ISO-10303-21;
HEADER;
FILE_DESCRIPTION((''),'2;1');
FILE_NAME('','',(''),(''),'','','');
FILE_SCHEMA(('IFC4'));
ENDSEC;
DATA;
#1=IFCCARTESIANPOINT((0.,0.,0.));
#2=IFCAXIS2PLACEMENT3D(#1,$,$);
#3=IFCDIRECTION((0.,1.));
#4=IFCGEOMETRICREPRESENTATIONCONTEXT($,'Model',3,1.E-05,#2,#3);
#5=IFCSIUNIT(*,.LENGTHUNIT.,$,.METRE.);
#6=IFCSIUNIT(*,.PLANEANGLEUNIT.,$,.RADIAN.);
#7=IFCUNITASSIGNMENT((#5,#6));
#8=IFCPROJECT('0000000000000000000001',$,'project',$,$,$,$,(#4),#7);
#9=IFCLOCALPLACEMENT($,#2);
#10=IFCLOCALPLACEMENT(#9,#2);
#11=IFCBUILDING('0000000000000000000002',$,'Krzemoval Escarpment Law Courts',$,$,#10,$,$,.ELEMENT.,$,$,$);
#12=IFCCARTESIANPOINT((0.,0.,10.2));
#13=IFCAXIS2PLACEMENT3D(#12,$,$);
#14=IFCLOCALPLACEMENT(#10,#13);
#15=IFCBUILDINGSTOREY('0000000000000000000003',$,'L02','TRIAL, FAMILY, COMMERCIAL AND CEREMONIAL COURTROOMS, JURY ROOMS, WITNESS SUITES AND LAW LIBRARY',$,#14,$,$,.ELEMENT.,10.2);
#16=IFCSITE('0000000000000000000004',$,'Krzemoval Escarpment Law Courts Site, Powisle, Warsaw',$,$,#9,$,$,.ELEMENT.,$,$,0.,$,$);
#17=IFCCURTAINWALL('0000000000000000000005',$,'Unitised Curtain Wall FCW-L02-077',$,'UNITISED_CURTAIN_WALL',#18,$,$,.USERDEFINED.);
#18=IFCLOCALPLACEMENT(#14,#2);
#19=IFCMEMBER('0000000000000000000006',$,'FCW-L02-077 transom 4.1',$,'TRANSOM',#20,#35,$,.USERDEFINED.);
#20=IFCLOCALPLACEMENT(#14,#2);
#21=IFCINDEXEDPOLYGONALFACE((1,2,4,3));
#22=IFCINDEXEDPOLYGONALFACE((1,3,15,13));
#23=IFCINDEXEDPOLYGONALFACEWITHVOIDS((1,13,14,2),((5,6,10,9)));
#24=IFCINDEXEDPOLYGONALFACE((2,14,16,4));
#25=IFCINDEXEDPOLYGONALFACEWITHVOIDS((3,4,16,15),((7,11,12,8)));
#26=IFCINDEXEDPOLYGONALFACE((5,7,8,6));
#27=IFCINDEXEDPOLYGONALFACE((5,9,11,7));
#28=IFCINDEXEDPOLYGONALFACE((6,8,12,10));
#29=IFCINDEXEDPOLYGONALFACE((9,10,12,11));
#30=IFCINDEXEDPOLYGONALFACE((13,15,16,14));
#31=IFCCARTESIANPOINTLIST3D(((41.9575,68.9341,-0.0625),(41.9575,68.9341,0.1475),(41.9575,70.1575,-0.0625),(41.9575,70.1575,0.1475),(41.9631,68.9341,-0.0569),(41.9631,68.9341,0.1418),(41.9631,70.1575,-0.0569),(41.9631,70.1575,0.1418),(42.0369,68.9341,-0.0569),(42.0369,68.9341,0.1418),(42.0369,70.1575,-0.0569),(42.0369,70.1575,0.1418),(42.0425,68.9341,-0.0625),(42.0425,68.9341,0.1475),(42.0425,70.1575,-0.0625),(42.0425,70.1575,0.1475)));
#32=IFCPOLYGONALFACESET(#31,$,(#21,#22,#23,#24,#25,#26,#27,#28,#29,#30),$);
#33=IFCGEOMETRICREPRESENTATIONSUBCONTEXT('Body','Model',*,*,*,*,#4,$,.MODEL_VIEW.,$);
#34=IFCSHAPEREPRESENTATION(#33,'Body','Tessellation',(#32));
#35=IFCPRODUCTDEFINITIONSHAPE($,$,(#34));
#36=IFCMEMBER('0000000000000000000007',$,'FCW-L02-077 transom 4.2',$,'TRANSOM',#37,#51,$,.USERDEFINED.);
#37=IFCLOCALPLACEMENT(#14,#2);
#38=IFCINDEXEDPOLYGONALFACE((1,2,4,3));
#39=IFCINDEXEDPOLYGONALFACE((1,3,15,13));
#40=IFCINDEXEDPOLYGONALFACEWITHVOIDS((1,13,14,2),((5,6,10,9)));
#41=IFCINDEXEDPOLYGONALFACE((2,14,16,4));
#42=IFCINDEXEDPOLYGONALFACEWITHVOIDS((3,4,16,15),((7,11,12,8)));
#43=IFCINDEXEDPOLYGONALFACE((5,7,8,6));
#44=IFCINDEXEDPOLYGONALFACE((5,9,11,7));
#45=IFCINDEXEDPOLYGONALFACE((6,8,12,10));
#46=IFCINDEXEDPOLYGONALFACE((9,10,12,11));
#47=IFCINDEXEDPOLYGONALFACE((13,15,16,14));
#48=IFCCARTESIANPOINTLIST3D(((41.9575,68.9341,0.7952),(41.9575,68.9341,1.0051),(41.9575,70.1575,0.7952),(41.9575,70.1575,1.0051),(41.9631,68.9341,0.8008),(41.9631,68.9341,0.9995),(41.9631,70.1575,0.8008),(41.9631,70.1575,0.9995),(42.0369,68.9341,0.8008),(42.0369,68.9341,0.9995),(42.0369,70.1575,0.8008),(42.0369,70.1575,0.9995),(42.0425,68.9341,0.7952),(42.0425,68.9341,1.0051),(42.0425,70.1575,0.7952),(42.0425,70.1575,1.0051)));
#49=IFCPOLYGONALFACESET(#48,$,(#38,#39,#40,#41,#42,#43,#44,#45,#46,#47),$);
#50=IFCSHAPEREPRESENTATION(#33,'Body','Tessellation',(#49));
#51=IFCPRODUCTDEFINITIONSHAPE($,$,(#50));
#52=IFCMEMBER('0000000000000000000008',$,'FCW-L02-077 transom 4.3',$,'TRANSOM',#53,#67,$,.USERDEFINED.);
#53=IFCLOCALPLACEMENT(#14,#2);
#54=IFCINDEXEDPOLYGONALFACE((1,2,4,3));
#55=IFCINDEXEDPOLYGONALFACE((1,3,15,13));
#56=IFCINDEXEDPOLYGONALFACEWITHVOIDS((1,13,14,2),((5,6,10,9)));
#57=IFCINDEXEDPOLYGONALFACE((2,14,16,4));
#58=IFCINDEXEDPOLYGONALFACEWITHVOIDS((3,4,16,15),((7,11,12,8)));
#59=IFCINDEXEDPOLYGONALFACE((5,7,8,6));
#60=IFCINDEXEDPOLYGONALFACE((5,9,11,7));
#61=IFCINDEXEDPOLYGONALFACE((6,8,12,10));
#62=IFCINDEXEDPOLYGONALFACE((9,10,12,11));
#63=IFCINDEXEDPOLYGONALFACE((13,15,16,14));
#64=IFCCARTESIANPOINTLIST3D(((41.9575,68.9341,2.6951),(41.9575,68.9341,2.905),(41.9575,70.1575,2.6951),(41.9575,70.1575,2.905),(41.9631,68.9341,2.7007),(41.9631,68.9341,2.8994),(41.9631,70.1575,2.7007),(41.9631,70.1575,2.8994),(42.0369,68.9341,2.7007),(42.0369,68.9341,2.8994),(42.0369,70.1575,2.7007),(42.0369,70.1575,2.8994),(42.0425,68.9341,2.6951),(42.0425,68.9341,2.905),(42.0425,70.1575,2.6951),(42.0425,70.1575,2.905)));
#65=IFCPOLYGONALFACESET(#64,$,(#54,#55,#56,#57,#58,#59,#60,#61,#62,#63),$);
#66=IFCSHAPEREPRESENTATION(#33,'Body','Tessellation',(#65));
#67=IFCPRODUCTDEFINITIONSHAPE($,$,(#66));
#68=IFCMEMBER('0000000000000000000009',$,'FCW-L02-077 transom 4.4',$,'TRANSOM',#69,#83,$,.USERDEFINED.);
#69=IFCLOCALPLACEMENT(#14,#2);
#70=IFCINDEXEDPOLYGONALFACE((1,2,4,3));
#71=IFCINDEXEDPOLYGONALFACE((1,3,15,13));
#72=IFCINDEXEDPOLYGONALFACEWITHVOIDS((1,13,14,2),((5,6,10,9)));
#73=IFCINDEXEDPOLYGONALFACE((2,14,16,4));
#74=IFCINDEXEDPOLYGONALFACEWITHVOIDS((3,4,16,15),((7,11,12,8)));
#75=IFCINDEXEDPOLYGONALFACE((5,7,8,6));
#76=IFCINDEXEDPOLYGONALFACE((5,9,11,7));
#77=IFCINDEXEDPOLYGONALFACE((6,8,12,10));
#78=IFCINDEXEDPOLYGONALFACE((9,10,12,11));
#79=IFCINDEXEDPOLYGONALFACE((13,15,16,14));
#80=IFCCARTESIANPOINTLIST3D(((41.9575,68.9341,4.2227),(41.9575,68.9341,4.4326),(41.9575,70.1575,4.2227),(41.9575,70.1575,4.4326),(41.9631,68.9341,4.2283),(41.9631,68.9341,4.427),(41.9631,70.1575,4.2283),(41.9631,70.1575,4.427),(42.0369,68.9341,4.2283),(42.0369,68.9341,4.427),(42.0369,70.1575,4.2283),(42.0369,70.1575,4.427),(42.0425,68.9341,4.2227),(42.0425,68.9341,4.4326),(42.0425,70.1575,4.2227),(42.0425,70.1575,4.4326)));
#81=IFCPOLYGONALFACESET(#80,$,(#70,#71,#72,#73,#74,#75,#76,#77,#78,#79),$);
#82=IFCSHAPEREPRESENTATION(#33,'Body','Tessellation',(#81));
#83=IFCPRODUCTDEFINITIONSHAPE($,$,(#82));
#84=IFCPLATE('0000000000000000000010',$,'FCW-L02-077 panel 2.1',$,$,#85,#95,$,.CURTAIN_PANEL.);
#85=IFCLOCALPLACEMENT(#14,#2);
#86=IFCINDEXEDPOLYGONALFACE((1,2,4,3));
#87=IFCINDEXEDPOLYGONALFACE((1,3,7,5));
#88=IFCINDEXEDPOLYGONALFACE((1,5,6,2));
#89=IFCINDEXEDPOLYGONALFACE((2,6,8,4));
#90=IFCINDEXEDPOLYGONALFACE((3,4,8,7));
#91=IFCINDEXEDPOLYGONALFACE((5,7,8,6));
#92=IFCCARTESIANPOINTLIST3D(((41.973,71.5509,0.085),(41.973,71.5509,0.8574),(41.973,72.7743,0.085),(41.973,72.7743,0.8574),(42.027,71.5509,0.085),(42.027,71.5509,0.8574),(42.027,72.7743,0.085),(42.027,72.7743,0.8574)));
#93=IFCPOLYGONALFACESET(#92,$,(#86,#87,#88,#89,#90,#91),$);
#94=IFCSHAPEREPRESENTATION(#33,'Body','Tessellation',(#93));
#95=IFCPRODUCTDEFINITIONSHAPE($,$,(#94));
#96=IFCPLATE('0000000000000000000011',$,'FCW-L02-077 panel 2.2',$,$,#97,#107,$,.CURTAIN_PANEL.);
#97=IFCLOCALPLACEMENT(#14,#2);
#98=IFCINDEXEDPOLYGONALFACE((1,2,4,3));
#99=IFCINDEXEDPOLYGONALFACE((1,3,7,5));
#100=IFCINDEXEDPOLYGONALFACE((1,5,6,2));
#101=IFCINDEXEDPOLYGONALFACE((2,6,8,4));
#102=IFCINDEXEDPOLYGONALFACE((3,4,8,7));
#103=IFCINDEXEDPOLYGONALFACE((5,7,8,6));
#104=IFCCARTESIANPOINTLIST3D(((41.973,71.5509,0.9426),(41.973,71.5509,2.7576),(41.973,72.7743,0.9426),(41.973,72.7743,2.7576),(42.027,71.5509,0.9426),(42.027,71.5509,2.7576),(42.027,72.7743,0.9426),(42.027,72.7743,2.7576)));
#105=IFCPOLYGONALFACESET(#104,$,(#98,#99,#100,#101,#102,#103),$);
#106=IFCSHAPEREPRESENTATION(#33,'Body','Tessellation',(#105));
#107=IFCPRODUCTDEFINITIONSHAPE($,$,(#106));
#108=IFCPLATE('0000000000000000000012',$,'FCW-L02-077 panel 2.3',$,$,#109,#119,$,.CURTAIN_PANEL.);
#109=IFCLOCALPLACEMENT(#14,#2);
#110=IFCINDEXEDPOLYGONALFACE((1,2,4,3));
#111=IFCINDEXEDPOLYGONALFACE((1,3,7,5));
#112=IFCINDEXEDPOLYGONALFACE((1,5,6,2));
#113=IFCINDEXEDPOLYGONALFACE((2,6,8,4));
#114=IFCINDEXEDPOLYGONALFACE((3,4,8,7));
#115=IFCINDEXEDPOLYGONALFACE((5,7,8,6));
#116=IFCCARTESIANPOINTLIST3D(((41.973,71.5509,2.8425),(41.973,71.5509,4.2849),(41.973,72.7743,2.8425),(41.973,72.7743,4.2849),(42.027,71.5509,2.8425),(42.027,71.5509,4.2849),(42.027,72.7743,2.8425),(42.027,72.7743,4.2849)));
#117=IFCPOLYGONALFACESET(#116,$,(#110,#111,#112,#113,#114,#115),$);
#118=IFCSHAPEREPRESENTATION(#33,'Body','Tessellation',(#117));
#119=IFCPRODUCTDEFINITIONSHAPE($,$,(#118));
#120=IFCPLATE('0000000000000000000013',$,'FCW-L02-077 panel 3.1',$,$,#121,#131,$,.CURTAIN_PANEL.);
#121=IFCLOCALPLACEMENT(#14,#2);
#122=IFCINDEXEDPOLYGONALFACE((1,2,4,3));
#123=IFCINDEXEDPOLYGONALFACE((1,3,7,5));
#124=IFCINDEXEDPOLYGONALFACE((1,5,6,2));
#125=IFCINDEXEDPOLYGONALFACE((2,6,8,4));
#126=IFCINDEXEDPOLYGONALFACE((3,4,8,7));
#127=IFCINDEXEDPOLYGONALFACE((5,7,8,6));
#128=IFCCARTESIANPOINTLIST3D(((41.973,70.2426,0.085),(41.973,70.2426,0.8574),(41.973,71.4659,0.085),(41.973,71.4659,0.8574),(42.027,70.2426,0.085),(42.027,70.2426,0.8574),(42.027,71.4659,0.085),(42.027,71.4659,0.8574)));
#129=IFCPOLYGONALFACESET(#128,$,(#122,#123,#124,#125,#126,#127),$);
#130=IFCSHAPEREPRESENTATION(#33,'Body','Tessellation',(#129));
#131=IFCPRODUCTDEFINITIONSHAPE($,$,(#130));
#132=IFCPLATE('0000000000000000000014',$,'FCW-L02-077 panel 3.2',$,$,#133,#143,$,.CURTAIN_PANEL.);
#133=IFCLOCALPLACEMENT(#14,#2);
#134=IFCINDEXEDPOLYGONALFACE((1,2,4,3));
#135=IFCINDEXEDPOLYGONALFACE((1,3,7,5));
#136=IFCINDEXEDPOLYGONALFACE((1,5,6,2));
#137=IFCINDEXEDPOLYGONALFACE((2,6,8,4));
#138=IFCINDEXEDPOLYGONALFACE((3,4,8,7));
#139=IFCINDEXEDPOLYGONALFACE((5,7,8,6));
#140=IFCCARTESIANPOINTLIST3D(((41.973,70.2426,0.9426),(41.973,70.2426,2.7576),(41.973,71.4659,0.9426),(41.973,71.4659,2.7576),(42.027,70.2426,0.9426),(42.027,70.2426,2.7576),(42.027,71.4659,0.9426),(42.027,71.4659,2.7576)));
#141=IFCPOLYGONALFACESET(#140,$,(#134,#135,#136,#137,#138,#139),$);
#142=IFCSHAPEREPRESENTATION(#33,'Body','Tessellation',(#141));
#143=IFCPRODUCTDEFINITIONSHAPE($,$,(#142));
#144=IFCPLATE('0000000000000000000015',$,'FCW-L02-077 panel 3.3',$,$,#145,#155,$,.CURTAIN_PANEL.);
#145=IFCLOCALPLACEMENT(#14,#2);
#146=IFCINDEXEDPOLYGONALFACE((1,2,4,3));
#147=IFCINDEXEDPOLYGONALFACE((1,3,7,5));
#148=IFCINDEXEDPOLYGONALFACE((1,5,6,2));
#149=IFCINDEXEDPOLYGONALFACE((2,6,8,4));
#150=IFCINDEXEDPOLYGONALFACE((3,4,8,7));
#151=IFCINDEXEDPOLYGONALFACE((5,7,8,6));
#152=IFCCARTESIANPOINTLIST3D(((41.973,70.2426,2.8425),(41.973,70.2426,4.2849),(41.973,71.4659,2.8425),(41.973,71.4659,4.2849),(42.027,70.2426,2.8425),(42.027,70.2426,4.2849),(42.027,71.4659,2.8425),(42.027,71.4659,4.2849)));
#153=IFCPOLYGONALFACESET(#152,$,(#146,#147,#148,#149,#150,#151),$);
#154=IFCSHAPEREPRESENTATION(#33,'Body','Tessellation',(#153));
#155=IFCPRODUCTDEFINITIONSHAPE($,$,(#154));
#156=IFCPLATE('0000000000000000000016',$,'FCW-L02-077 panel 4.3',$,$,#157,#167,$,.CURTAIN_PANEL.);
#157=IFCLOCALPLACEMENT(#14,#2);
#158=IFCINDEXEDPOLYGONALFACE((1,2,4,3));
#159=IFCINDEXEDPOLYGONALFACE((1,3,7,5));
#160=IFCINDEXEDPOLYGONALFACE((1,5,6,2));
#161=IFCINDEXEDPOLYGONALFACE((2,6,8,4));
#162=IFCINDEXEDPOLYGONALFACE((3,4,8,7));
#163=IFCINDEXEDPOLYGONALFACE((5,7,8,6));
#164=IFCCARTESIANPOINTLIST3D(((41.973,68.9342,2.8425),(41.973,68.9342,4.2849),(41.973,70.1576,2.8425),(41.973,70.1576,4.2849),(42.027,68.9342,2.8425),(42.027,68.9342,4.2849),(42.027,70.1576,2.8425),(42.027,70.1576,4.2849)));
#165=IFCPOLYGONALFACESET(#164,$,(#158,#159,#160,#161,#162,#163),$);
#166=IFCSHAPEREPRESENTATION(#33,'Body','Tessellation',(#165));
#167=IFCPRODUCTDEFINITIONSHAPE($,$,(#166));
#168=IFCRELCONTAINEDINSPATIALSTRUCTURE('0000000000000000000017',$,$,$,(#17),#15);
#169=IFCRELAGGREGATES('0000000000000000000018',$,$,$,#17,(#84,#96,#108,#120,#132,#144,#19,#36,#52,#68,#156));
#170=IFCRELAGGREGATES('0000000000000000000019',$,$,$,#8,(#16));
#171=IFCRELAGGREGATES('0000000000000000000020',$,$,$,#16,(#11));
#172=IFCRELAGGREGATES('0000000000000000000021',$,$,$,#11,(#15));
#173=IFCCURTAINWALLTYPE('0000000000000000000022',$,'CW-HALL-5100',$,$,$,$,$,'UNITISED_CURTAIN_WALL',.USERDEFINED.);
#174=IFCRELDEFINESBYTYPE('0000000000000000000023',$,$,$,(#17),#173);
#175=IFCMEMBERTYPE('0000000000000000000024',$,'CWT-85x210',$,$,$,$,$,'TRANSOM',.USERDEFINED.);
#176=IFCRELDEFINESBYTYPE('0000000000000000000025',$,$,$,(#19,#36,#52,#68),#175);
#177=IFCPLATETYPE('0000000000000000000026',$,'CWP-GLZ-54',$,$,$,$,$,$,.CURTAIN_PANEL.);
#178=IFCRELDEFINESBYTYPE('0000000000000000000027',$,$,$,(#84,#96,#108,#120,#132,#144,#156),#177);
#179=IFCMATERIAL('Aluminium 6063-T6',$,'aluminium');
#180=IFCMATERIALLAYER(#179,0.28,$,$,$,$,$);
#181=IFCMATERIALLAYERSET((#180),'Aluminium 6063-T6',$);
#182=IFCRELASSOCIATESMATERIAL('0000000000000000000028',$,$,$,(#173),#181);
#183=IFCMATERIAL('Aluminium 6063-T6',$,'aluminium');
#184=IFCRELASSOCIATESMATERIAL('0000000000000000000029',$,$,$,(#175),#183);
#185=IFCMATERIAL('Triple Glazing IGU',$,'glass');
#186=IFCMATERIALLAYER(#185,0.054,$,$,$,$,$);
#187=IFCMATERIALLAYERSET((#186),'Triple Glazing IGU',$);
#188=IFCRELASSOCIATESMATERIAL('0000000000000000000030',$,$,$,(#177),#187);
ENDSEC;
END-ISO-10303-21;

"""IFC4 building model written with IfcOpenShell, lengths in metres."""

from ifc_helpers import new_model, si_unit, direction, frame, origin, origin_2d, place, context, subcontext, project, spatial, rectangle, hollow_rectangle, extrude, material, layer, layer_set, material_profile, profile_set, type_object, element, aggregate, save


model = new_model("IFC4")

# Units and contexts
model_context = context("Model", 3, precision=1e-05, world=origin(), true_north=direction((0.0, 1.0)))
body_context = subcontext(model_context, "Body", "Model", "MODEL_VIEW")
ifc_project = project(units=[si_unit("LENGTHUNIT", "METRE"), si_unit("PLANEANGLEUNIT", "RADIAN")], contexts=[model_context])

# Site, building, storey
site_placement = place(None, origin())
site = spatial("IfcSite", under=ifc_project, at=site_placement, Name="Krzemoval Escarpment Law Courts Site, Powisle, Warsaw", CompositionType="ELEMENT", RefElevation=0.0)
building_placement = place(site_placement, origin())
building = spatial("IfcBuilding", under=site, at=building_placement, Name="Krzemoval Escarpment Law Courts", CompositionType="ELEMENT")
storey_placement = place(building_placement, frame((0.0, 0.0, 10.2)))
storey = spatial("IfcBuildingStorey", under=building, at=storey_placement, Name="L02", Description="TRIAL, FAMILY, COMMERCIAL AND CEREMONIAL COURTROOMS, JURY ROOMS, WITNESS SUITES AND LAW LIBRARY", CompositionType="ELEMENT", Elevation=10.2)

# Curtain wall, members, plates
ifc_material_1 = material(Name="Aluminium 6063-T6", Category="aluminium")
ifc_layer_1 = layer(ifc_material_1, 0.28)
ifc_layer_set_1 = layer_set([ifc_layer_1], Name="Aluminium 6063-T6")
curtain_wall_type = type_object("IfcCurtainWallType", Name="CW-HALL-5100", ElementType="UNITISED_CURTAIN_WALL", PredefinedType="USERDEFINED", material=ifc_layer_set_1)
curtain_wall_placement = place(storey_placement, origin())
curtain_wall = element("IfcCurtainWall", 1, at=curtain_wall_placement, inside=storey, type_object=curtain_wall_type, Name="Unitised Curtain Wall FCW-L02-077", ObjectType="UNITISED_CURTAIN_WALL", PredefinedType="USERDEFINED")
ifc_material_2 = material(Name="Aluminium 6063-T6", Category="aluminium")
ifc_material_profile_1 = material_profile(ifc_material_2, hollow_rectangle(XDim=0.085, YDim=0.21, WallThickness=0.0056, at=origin_2d()), Name="ALU T85x210")
ifc_profile_set_1 = profile_set([ifc_material_profile_1], Name="Aluminium 6063-T6")
member_type_1 = type_object("IfcMemberType", Name="CWT-85x210", ElementType="TRANSOM", PredefinedType="USERDEFINED", material=ifc_profile_set_1)
member_1_placement = place(storey_placement, frame((42.0, 70.1575, 0.0425), z_axis=(0.0, -1.0, 0.0), x_axis=(1.0, 0.0, 0.0)))
member_1 = element("IfcMember", 2, at=member_1_placement, type_object=member_type_1, Name="FCW-L02-077 transom 4.1", ObjectType="TRANSOM", PredefinedType="USERDEFINED", context=body_context, shape_type="SweptSolid", body=[
    extrude(hollow_rectangle(XDim=0.085, YDim=0.21, WallThickness=0.0056, at=origin_2d()), origin(), (0.0, 0.0, 1.0), 1.2234),
])
member_2_placement = place(storey_placement, frame((42.0, 70.1575, 0.9001), z_axis=(0.0, -1.0, 0.0), x_axis=(1.0, 0.0, 0.0)))
member_2 = element("IfcMember", 3, at=member_2_placement, type_object=member_type_1, Name="FCW-L02-077 transom 4.2", ObjectType="TRANSOM", PredefinedType="USERDEFINED", context=body_context, shape_type="SweptSolid", body=[
    extrude(hollow_rectangle(XDim=0.085, YDim=0.21, WallThickness=0.0056, at=origin_2d()), origin(), (0.0, 0.0, 1.0), 1.2234),
])
member_3_placement = place(storey_placement, frame((42.0, 70.1575, 2.8), z_axis=(0.0, -1.0, 0.0), x_axis=(1.0, 0.0, 0.0)))
member_3 = element("IfcMember", 4, at=member_3_placement, type_object=member_type_1, Name="FCW-L02-077 transom 4.3", ObjectType="TRANSOM", PredefinedType="USERDEFINED", context=body_context, shape_type="SweptSolid", body=[
    extrude(hollow_rectangle(XDim=0.085, YDim=0.21, WallThickness=0.0056, at=origin_2d()), origin(), (0.0, 0.0, 1.0), 1.2234),
])
member_4_placement = place(storey_placement, frame((42.0, 70.1575, 4.3276), z_axis=(0.0, -1.0, 0.0), x_axis=(1.0, 0.0, 0.0)))
member_4 = element("IfcMember", 5, at=member_4_placement, type_object=member_type_1, Name="FCW-L02-077 transom 4.4", ObjectType="TRANSOM", PredefinedType="USERDEFINED", context=body_context, shape_type="SweptSolid", body=[
    extrude(hollow_rectangle(XDim=0.085, YDim=0.21, WallThickness=0.0056, at=origin_2d()), origin(), (0.0, 0.0, 1.0), 1.2234),
])
ifc_material_3 = material(Name="Triple Glazing IGU", Category="glass")
ifc_layer_2 = layer(ifc_material_3, 0.054)
ifc_layer_set_2 = layer_set([ifc_layer_2], Name="Triple Glazing IGU")
plate_type = type_object("IfcPlateType", Name="CWP-GLZ-54", PredefinedType="CURTAIN_PANEL", material=ifc_layer_set_2)
plate_1_placement = place(storey_placement, frame((42.0, 72.1626, 0.085), z_axis=(0.0, 0.0, 1.0), x_axis=(0.0, -1.0, 0.0)))
plate_1 = element("IfcPlate", 6, at=plate_1_placement, type_object=plate_type, Name="FCW-L02-077 panel 2.1", PredefinedType="CURTAIN_PANEL", context=body_context, shape_type="SweptSolid", body=[
    extrude(rectangle(XDim=1.2234, YDim=0.054, at=origin_2d()), origin(), (0.0, 0.0, 1.0), 0.7725),
])
plate_2_placement = place(storey_placement, frame((42.0, 72.1626, 0.9426), z_axis=(0.0, 0.0, 1.0), x_axis=(0.0, -1.0, 0.0)))
plate_2 = element("IfcPlate", 7, at=plate_2_placement, type_object=plate_type, Name="FCW-L02-077 panel 2.2", PredefinedType="CURTAIN_PANEL", context=body_context, shape_type="SweptSolid", body=[
    extrude(rectangle(XDim=1.2234, YDim=0.054, at=origin_2d()), origin(), (0.0, 0.0, 1.0), 1.8149),
])
plate_3_placement = place(storey_placement, frame((42.0, 72.1626, 2.8425), z_axis=(0.0, 0.0, 1.0), x_axis=(0.0, -1.0, 0.0)))
plate_3 = element("IfcPlate", 8, at=plate_3_placement, type_object=plate_type, Name="FCW-L02-077 panel 2.3", PredefinedType="CURTAIN_PANEL", context=body_context, shape_type="SweptSolid", body=[
    extrude(rectangle(XDim=1.2234, YDim=0.054, at=origin_2d()), origin(), (0.0, 0.0, 1.0), 1.4424),
])
plate_4_placement = place(storey_placement, frame((42.0, 70.8542, 0.085), z_axis=(0.0, 0.0, 1.0), x_axis=(0.0, -1.0, 0.0)))
plate_4 = element("IfcPlate", 9, at=plate_4_placement, type_object=plate_type, Name="FCW-L02-077 panel 3.1", PredefinedType="CURTAIN_PANEL", context=body_context, shape_type="SweptSolid", body=[
    extrude(rectangle(XDim=1.2234, YDim=0.054, at=origin_2d()), origin(), (0.0, 0.0, 1.0), 0.7725),
])
plate_5_placement = place(storey_placement, frame((42.0, 70.8542, 0.9426), z_axis=(0.0, 0.0, 1.0), x_axis=(0.0, -1.0, 0.0)))
plate_5 = element("IfcPlate", 10, at=plate_5_placement, type_object=plate_type, Name="FCW-L02-077 panel 3.2", PredefinedType="CURTAIN_PANEL", context=body_context, shape_type="SweptSolid", body=[
    extrude(rectangle(XDim=1.2234, YDim=0.054, at=origin_2d()), origin(), (0.0, 0.0, 1.0), 1.8149),
])
plate_6_placement = place(storey_placement, frame((42.0, 70.8542, 2.8425), z_axis=(0.0, 0.0, 1.0), x_axis=(0.0, -1.0, 0.0)))
plate_6 = element("IfcPlate", 11, at=plate_6_placement, type_object=plate_type, Name="FCW-L02-077 panel 3.3", PredefinedType="CURTAIN_PANEL", context=body_context, shape_type="SweptSolid", body=[
    extrude(rectangle(XDim=1.2234, YDim=0.054, at=origin_2d()), origin(), (0.0, 0.0, 1.0), 1.4424),
])
plate_7_placement = place(storey_placement, frame((42.0, 69.5459, 2.8425), z_axis=(0.0, 0.0, 1.0), x_axis=(0.0, -1.0, 0.0)))
plate_7 = element("IfcPlate", 12, at=plate_7_placement, type_object=plate_type, Name="FCW-L02-077 panel 4.3", PredefinedType="CURTAIN_PANEL", context=body_context, shape_type="SweptSolid", body=[
    extrude(rectangle(XDim=1.2234, YDim=0.054, at=origin_2d()), origin(), (0.0, 0.0, 1.0), 1.4424),
])
aggregate(curtain_wall, [plate_1, plate_2, plate_3, plate_4, plate_5, plate_6, member_1, member_2, member_3, member_4, plate_7])

save(model, "model.ifc")
